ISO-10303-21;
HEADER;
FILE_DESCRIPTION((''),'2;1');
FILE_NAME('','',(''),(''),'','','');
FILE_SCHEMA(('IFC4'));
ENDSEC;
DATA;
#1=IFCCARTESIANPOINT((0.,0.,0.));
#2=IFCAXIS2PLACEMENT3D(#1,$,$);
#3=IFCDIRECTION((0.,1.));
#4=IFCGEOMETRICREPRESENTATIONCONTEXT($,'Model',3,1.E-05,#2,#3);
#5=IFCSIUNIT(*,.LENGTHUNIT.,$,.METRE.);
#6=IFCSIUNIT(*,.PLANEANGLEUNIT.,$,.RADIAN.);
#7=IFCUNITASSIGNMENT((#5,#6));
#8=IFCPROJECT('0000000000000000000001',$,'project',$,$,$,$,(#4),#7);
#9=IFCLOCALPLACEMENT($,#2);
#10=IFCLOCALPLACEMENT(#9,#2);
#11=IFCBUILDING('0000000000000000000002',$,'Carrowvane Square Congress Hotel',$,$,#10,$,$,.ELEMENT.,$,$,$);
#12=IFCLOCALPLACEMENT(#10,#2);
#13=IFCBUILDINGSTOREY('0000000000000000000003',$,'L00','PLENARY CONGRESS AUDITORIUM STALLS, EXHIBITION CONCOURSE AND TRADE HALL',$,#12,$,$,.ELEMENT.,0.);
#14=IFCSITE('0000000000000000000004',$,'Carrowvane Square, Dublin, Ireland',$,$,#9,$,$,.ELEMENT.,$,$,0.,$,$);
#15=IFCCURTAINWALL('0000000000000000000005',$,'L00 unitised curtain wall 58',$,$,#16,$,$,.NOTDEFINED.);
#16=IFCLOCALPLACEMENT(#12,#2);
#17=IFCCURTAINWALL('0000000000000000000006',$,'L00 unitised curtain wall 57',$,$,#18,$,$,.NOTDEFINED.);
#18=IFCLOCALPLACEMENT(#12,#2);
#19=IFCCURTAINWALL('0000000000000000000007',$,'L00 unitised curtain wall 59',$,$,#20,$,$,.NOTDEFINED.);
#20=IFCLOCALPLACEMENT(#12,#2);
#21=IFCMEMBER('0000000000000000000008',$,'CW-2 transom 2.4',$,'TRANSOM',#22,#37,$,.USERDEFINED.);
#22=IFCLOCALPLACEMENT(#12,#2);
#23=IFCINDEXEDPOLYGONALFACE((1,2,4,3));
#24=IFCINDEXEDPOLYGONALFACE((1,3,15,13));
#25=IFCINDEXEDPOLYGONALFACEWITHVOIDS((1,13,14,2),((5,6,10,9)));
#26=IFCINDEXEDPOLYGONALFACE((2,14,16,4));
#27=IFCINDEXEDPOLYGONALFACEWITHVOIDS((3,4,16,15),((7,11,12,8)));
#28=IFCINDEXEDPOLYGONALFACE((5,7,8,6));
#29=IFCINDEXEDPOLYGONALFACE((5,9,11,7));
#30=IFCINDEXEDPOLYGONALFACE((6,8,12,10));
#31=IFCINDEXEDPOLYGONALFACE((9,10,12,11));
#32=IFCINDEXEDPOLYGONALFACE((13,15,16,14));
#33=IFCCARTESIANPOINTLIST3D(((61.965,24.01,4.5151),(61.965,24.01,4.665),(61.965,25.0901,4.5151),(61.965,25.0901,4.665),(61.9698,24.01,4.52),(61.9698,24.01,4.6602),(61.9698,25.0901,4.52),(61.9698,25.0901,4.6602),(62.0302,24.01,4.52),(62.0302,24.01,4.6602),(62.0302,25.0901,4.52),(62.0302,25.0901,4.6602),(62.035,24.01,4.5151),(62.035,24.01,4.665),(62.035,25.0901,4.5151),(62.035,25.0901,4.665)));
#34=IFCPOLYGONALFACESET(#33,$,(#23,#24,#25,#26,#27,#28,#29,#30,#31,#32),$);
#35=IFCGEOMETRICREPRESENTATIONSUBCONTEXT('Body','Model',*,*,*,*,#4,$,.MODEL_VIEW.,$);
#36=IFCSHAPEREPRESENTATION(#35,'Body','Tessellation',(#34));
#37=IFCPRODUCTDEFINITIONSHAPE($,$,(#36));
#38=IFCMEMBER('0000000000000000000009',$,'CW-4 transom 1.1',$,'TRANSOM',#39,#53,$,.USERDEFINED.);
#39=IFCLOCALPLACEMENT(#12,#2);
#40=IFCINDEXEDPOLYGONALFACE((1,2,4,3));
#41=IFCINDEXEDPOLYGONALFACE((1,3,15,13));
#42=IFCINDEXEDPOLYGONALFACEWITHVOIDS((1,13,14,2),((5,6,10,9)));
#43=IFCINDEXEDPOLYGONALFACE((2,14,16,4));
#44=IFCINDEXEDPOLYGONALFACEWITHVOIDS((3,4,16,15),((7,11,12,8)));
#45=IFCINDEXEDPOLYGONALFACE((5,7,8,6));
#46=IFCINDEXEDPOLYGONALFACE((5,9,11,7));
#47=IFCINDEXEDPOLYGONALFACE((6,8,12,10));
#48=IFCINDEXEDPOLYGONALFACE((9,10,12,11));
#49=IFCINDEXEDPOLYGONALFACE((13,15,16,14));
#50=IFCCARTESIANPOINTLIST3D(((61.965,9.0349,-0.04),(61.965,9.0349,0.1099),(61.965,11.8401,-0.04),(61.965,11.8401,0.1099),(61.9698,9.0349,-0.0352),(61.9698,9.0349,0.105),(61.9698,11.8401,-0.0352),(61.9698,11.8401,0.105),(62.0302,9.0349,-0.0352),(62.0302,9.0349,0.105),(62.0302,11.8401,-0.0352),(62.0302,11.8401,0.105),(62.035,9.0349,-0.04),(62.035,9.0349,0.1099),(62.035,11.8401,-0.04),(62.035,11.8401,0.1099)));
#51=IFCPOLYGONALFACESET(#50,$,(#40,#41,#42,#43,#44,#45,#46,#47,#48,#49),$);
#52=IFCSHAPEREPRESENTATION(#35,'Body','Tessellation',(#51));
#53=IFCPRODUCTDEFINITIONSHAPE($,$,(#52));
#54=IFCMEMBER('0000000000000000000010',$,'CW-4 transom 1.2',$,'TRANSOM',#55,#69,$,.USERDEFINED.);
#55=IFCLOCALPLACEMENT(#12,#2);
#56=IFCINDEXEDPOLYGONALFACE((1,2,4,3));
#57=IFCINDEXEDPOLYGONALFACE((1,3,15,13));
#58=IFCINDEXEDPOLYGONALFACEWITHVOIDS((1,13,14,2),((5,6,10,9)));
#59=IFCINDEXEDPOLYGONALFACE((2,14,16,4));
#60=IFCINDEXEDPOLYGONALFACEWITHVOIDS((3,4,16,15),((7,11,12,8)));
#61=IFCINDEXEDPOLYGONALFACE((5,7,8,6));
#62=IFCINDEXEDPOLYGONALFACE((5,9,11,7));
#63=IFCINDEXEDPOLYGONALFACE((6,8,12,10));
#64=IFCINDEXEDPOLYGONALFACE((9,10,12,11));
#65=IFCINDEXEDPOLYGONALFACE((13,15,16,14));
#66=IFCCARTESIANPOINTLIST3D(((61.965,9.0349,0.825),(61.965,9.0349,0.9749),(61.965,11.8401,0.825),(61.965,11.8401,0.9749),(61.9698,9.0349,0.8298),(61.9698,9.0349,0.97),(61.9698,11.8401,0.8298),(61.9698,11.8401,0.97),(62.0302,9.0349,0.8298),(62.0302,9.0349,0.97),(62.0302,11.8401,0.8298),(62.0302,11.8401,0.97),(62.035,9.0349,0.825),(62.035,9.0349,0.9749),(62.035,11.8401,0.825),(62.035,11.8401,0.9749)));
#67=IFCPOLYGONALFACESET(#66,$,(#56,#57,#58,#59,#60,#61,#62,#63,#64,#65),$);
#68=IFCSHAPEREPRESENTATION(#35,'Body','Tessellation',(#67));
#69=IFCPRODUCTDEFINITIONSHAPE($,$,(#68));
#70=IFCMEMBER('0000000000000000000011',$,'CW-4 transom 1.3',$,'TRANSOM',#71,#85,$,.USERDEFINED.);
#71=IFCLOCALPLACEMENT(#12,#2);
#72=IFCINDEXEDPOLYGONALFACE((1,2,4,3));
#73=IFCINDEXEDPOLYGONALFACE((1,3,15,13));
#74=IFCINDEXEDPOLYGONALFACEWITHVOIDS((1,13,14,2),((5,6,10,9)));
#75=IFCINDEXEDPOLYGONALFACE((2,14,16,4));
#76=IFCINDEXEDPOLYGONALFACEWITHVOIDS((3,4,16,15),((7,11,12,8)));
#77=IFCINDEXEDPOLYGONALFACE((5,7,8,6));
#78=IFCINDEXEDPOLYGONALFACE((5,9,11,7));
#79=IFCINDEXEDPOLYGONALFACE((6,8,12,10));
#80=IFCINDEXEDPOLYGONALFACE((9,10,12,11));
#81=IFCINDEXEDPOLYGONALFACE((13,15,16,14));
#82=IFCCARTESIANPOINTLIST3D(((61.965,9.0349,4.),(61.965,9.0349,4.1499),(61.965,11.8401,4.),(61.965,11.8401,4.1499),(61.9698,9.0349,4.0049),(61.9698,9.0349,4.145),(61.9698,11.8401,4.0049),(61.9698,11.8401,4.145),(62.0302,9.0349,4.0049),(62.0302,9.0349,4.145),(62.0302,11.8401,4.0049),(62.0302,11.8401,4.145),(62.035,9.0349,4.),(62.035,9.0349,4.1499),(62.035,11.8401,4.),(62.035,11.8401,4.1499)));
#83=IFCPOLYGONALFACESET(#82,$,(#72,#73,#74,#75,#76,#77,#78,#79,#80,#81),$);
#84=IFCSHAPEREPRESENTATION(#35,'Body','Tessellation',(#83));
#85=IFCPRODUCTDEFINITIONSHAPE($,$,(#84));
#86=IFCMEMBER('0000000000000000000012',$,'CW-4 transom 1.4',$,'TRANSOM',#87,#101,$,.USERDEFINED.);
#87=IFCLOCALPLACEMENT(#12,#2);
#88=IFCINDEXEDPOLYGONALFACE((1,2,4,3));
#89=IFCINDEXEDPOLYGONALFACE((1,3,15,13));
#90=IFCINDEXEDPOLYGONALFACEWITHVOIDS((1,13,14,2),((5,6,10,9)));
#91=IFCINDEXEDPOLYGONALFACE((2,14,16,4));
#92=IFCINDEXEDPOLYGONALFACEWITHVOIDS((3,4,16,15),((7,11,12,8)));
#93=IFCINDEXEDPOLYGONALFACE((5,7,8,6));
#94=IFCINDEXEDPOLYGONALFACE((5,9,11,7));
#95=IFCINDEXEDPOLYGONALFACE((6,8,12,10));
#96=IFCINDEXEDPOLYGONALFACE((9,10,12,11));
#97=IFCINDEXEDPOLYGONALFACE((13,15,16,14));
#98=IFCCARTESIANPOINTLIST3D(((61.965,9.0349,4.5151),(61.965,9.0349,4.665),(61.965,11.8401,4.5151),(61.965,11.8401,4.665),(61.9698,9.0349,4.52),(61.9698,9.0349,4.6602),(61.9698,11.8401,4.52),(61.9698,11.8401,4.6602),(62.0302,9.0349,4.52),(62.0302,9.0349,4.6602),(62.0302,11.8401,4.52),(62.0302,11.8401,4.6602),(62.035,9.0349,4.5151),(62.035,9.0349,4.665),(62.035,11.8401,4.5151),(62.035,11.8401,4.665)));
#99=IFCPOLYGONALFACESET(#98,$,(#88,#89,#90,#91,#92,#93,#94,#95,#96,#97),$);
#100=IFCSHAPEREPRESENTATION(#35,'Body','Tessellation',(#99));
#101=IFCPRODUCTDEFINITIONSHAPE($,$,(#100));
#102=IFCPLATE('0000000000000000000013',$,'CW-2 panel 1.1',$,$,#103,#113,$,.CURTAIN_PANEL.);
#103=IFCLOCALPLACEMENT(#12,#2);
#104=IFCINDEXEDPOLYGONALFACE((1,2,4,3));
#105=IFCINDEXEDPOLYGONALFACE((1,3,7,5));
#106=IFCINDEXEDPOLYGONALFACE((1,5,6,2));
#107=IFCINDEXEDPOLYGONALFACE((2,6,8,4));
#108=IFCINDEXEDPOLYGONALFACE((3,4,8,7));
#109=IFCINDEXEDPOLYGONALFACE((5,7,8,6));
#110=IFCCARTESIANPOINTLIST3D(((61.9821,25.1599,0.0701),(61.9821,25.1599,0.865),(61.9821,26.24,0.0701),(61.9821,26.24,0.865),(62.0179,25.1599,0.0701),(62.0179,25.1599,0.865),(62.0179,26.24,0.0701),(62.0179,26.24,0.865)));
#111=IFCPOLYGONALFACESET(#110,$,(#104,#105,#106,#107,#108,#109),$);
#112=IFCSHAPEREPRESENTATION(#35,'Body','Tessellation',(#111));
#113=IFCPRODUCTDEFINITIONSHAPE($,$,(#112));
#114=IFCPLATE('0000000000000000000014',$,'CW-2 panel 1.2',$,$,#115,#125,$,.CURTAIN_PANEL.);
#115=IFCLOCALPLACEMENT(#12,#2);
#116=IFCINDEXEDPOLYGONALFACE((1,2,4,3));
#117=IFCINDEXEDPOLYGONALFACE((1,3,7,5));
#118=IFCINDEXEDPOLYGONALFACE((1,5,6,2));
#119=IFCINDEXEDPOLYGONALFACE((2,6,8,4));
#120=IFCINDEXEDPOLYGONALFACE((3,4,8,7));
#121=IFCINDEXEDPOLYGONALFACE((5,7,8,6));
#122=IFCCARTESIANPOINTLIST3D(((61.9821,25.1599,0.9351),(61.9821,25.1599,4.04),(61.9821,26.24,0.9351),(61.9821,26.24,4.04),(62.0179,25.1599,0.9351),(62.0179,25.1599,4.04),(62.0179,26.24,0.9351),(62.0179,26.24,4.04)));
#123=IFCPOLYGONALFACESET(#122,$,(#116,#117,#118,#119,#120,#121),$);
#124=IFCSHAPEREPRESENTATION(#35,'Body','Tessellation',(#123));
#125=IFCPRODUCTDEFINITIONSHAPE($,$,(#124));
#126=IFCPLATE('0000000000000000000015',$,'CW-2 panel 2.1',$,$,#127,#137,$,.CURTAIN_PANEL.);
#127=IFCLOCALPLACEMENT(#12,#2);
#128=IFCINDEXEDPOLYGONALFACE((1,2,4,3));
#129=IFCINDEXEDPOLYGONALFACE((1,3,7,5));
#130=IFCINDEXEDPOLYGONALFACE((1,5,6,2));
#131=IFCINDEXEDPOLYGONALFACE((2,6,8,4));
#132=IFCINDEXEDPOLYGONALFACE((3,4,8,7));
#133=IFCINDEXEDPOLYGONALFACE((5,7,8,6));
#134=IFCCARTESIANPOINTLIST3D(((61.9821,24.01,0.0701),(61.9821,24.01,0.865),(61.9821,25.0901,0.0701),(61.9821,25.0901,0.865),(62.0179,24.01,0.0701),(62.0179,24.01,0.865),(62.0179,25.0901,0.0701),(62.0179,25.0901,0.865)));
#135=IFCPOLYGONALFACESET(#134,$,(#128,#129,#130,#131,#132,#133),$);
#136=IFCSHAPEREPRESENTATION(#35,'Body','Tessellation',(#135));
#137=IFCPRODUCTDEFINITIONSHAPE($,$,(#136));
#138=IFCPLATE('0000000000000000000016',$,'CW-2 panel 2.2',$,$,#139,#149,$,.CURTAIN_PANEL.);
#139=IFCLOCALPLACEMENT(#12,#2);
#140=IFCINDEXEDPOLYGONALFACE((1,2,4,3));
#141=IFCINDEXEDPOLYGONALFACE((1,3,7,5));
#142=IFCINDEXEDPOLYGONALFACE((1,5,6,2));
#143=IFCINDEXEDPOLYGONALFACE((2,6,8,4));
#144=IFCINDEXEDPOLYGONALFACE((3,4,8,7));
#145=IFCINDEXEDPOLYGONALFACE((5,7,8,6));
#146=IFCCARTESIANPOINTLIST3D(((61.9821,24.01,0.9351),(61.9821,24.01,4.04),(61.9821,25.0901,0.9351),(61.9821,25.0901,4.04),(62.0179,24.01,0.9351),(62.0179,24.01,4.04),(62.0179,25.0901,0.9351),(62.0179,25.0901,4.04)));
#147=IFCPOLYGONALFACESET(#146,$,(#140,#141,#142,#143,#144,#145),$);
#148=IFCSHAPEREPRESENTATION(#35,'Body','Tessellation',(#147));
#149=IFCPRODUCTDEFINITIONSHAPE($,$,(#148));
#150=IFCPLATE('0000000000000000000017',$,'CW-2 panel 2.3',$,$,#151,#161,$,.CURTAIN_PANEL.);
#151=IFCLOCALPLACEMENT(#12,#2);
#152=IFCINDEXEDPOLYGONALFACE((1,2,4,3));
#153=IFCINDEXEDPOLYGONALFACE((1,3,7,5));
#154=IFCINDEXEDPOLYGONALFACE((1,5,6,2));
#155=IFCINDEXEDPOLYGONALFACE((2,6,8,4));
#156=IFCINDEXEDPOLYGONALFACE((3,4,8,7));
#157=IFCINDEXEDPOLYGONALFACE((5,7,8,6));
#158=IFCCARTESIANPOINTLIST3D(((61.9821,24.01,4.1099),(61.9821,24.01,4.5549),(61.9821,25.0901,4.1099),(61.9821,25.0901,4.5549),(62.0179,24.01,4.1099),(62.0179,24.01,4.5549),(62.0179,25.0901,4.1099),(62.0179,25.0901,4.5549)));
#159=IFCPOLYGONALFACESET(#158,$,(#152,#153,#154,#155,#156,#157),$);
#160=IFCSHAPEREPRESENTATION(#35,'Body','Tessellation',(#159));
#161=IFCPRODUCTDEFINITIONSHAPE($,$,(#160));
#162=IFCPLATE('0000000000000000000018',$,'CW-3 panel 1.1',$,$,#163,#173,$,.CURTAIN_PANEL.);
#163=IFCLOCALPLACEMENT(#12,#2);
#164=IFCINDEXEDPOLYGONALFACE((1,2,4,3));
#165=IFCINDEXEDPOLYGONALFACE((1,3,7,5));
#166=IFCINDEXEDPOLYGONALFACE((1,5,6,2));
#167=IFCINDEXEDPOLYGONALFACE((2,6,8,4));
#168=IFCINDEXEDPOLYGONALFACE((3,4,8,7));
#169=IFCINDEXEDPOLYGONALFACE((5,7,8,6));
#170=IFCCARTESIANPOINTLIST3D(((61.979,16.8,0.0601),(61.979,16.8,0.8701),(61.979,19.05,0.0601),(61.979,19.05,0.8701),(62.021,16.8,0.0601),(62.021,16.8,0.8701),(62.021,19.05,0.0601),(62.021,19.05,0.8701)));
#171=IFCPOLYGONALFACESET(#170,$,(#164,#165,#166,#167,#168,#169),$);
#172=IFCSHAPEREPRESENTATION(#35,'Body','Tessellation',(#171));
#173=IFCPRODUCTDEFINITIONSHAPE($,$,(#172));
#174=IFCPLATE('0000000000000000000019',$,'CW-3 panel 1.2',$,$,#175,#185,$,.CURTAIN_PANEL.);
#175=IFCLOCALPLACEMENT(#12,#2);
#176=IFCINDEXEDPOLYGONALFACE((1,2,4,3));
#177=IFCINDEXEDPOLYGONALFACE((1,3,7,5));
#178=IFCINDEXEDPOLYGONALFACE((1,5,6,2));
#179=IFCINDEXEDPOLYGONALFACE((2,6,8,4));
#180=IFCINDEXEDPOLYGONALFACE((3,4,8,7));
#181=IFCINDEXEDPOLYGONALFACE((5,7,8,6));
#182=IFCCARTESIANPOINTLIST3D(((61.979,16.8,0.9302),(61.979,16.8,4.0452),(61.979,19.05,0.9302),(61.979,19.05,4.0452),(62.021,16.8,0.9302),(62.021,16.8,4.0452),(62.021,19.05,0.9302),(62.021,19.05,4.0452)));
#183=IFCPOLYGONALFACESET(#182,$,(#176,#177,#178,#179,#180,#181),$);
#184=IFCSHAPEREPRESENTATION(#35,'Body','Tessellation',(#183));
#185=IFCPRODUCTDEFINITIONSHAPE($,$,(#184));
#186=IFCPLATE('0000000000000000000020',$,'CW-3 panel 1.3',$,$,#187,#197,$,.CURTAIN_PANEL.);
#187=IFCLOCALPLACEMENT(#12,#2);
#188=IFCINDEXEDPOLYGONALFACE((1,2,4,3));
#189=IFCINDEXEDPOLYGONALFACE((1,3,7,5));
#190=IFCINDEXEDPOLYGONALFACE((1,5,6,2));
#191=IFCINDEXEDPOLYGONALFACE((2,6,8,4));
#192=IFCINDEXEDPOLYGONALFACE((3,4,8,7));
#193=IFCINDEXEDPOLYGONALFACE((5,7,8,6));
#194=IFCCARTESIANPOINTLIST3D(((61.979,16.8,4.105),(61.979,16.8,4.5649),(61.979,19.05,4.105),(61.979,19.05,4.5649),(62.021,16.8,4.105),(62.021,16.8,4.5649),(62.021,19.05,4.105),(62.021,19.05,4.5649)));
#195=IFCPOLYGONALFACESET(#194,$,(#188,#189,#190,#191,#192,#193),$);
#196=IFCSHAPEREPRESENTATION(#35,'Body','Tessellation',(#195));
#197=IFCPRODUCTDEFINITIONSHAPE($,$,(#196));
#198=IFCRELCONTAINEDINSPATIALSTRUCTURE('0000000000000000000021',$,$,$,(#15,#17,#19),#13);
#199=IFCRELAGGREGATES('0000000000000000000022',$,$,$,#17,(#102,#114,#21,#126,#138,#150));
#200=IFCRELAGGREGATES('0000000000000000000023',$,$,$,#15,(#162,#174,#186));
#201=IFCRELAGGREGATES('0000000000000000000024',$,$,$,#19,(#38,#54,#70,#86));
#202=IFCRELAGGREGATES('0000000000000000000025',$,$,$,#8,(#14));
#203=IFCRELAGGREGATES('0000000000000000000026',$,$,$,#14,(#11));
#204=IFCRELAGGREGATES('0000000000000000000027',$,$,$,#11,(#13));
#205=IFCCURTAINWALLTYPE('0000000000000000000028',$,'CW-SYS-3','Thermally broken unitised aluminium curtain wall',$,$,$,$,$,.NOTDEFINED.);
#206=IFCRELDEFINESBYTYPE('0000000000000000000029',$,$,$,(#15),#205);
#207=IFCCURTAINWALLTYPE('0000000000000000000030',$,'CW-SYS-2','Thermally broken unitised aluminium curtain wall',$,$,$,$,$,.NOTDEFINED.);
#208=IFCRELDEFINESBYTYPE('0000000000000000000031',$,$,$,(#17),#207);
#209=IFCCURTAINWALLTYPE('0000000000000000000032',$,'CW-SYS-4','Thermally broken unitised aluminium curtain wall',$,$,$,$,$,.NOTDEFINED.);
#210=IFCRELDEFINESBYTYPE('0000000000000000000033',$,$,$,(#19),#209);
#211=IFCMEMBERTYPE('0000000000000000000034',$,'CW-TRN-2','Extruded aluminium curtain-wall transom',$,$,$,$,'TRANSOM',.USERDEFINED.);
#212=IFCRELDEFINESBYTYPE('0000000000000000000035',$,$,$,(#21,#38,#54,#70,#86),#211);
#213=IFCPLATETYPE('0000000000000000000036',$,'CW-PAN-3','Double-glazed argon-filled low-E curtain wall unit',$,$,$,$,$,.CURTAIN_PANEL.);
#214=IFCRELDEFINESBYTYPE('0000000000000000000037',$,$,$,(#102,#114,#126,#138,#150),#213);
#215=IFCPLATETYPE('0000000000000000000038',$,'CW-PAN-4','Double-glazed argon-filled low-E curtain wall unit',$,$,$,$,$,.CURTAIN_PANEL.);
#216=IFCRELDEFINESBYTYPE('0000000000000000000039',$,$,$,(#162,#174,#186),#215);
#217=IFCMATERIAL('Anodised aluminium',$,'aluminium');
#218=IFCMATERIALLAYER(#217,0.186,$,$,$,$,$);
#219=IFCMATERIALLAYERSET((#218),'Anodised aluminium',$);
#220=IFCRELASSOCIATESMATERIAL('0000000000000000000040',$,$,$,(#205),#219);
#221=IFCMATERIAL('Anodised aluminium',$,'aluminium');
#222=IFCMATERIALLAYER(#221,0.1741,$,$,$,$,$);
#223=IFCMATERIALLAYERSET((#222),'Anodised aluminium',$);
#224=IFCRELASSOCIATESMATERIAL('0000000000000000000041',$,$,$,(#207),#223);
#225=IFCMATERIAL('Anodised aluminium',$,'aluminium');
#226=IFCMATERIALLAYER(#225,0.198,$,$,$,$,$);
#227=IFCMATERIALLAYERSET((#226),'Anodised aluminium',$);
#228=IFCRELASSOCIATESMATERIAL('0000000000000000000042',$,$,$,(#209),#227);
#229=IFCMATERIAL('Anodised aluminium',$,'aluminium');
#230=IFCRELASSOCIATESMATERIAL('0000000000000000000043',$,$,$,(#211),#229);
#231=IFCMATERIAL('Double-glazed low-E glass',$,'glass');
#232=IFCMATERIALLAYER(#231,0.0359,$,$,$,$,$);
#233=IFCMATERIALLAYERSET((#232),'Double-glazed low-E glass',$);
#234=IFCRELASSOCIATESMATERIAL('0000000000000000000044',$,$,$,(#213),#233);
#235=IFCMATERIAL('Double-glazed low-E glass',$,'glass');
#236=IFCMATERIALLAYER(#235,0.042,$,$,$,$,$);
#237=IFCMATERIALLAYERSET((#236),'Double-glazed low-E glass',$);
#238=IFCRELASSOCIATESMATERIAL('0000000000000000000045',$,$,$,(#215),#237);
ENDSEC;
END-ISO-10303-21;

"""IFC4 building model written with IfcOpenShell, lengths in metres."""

from ifc_helpers import new_model, si_unit, direction, frame, origin, origin_2d, place, context, subcontext, project, spatial, rectangle, hollow_rectangle, extrude, material, layer, layer_set, material_profile, profile_set, type_object, element, aggregate, save


model = new_model("IFC4")

# Units and contexts
model_context = context("Model", 3, precision=1e-05, world=origin(), true_north=direction((0.0, 1.0)))
body_context = subcontext(model_context, "Body", "Model", "MODEL_VIEW")
ifc_project = project(units=[si_unit("LENGTHUNIT", "METRE"), si_unit("PLANEANGLEUNIT", "RADIAN")], contexts=[model_context])

# Site, building, storey
site_placement = place(None, origin())
site = spatial("IfcSite", under=ifc_project, at=site_placement, Name="Carrowvane Square, Dublin, Ireland", CompositionType="ELEMENT", RefElevation=0.0)
building_placement = place(site_placement, origin())
building = spatial("IfcBuilding", under=site, at=building_placement, Name="Carrowvane Square Congress Hotel", CompositionType="ELEMENT")
storey_placement = place(building_placement, origin())
storey = spatial("IfcBuildingStorey", under=building, at=storey_placement, Name="L00", Description="PLENARY CONGRESS AUDITORIUM STALLS, EXHIBITION CONCOURSE AND TRADE HALL", CompositionType="ELEMENT", Elevation=0.0)

# Curtain walls
ifc_material_1 = material(Name="Anodised aluminium", Category="aluminium")
ifc_layer_1 = layer(ifc_material_1, 0.186)
ifc_layer_set_1 = layer_set([ifc_layer_1], Name="Anodised aluminium")
curtain_wall_type_1 = type_object("IfcCurtainWallType", Name="CW-SYS-3", Description="Thermally broken unitised aluminium curtain wall", PredefinedType="NOTDEFINED", material=ifc_layer_set_1)
curtain_wall_1_placement = place(storey_placement, origin())
curtain_wall_1 = element("IfcCurtainWall", 1, at=curtain_wall_1_placement, inside=storey, type_object=curtain_wall_type_1, Name="L00 unitised curtain wall 58", PredefinedType="NOTDEFINED")
ifc_material_2 = material(Name="Anodised aluminium", Category="aluminium")
ifc_layer_2 = layer(ifc_material_2, 0.1741)
ifc_layer_set_2 = layer_set([ifc_layer_2], Name="Anodised aluminium")
curtain_wall_type_2 = type_object("IfcCurtainWallType", Name="CW-SYS-2", Description="Thermally broken unitised aluminium curtain wall", PredefinedType="NOTDEFINED", material=ifc_layer_set_2)
curtain_wall_2_placement = place(storey_placement, origin())
curtain_wall_2 = element("IfcCurtainWall", 2, at=curtain_wall_2_placement, inside=storey, type_object=curtain_wall_type_2, Name="L00 unitised curtain wall 57", PredefinedType="NOTDEFINED")

# Curtain wall
ifc_material_3 = material(Name="Anodised aluminium", Category="aluminium")
ifc_layer_3 = layer(ifc_material_3, 0.198)
ifc_layer_set_3 = layer_set([ifc_layer_3], Name="Anodised aluminium")
curtain_wall_type_3 = type_object("IfcCurtainWallType", Name="CW-SYS-4", Description="Thermally broken unitised aluminium curtain wall", PredefinedType="NOTDEFINED", material=ifc_layer_set_3)
curtain_wall_3_placement = place(storey_placement, origin())
curtain_wall_3 = element("IfcCurtainWall", 3, at=curtain_wall_3_placement, inside=storey, type_object=curtain_wall_type_3, Name="L00 unitised curtain wall 59", PredefinedType="NOTDEFINED")

# Members
ifc_material_4 = material(Name="Anodised aluminium", Category="aluminium")
ifc_material_profile_1 = material_profile(ifc_material_4, hollow_rectangle(XDim=0.0701, YDim=0.1499, WallThickness=0.0049, at=origin_2d()), Name="CW-TR 70x150x5")
ifc_profile_set_1 = profile_set([ifc_material_profile_1], Name="Anodised aluminium")
member_type_1 = type_object("IfcMemberType", Name="CW-TRN-2", Description="Extruded aluminium curtain-wall transom", ElementType="TRANSOM", PredefinedType="USERDEFINED", material=ifc_profile_set_1)
member_1_placement = place(storey_placement, frame((62.0, 25.0901, 4.5901), z_axis=(0.0, -1.0, 0.0), x_axis=(1.0, 0.0, 0.0)))
member_1 = element("IfcMember", 4, at=member_1_placement, type_object=member_type_1, Name="CW-2 transom 2.4", ObjectType="TRANSOM", PredefinedType="USERDEFINED", context=body_context, shape_type="SweptSolid", body=[
    extrude(hollow_rectangle(XDim=0.0701, YDim=0.1499, WallThickness=0.0049, at=origin_2d()), origin(), (0.0, 0.0, 1.0), 1.0801),
])
member_2_placement = place(storey_placement, frame((62.0, 11.8401, 0.0349), z_axis=(0.0, -1.0, 0.0), x_axis=(1.0, 0.0, 0.0)))
member_2 = element("IfcMember", 5, at=member_2_placement, type_object=member_type_1, Name="CW-4 transom 1.1", ObjectType="TRANSOM", PredefinedType="USERDEFINED", context=body_context, shape_type="SweptSolid", body=[
    extrude(hollow_rectangle(XDim=0.0701, YDim=0.1499, WallThickness=0.0049, at=origin_2d()), origin(), (0.0, 0.0, 1.0), 2.8052),
])
member_3_placement = place(storey_placement, frame((62.0, 11.8401, 0.8999), z_axis=(0.0, -1.0, 0.0), x_axis=(1.0, 0.0, 0.0)))
member_3 = element("IfcMember", 6, at=member_3_placement, type_object=member_type_1, Name="CW-4 transom 1.2", ObjectType="TRANSOM", PredefinedType="USERDEFINED", context=body_context, shape_type="SweptSolid", body=[
    extrude(hollow_rectangle(XDim=0.0701, YDim=0.1499, WallThickness=0.0049, at=origin_2d()), origin(), (0.0, 0.0, 1.0), 2.8052),
])
member_4_placement = place(storey_placement, frame((62.0, 11.8401, 4.075), z_axis=(0.0, -1.0, 0.0), x_axis=(1.0, 0.0, 0.0)))
member_4 = element("IfcMember", 7, at=member_4_placement, type_object=member_type_1, Name="CW-4 transom 1.3", ObjectType="TRANSOM", PredefinedType="USERDEFINED", context=body_context, shape_type="SweptSolid", body=[
    extrude(hollow_rectangle(XDim=0.0701, YDim=0.1499, WallThickness=0.0049, at=origin_2d()), origin(), (0.0, 0.0, 1.0), 2.8052),
])
member_5_placement = place(storey_placement, frame((62.0, 11.8401, 4.5901), z_axis=(0.0, -1.0, 0.0), x_axis=(1.0, 0.0, 0.0)))
member_5 = element("IfcMember", 8, at=member_5_placement, type_object=member_type_1, Name="CW-4 transom 1.4", ObjectType="TRANSOM", PredefinedType="USERDEFINED", context=body_context, shape_type="SweptSolid", body=[
    extrude(hollow_rectangle(XDim=0.0701, YDim=0.1499, WallThickness=0.0049, at=origin_2d()), origin(), (0.0, 0.0, 1.0), 2.8052),
])

# Plates
ifc_material_5 = material(Name="Double-glazed low-E glass", Category="glass")
ifc_layer_4 = layer(ifc_material_5, 0.0359)
ifc_layer_set_4 = layer_set([ifc_layer_4], Name="Double-glazed low-E glass")
plate_type_1 = type_object("IfcPlateType", Name="CW-PAN-3", Description="Double-glazed argon-filled low-E curtain wall unit", PredefinedType="CURTAIN_PANEL", material=ifc_layer_set_4)
plate_1_placement = place(storey_placement, frame((62.0, 25.7, 0.0701), z_axis=(0.0, 0.0, 1.0), x_axis=(0.0, -1.0, 0.0)))
plate_1 = element("IfcPlate", 9, at=plate_1_placement, type_object=plate_type_1, Name="CW-2 panel 1.1", PredefinedType="CURTAIN_PANEL", context=body_context, shape_type="SweptSolid", body=[
    extrude(rectangle(XDim=1.0801, YDim=0.0359, at=origin_2d()), origin(), (0.0, 0.0, 1.0), 0.7949),
])
plate_2_placement = place(storey_placement, frame((62.0, 25.7, 0.9351), z_axis=(0.0, 0.0, 1.0), x_axis=(0.0, -1.0, 0.0)))
plate_2 = element("IfcPlate", 10, at=plate_2_placement, type_object=plate_type_1, Name="CW-2 panel 1.2", PredefinedType="CURTAIN_PANEL", context=body_context, shape_type="SweptSolid", body=[
    extrude(rectangle(XDim=1.0801, YDim=0.0359, at=origin_2d()), origin(), (0.0, 0.0, 1.0), 3.105),
])
plate_3_placement = place(storey_placement, frame((62.0, 24.55, 0.0701), z_axis=(0.0, 0.0, 1.0), x_axis=(0.0, -1.0, 0.0)))
plate_3 = element("IfcPlate", 11, at=plate_3_placement, type_object=plate_type_1, Name="CW-2 panel 2.1", PredefinedType="CURTAIN_PANEL", context=body_context, shape_type="SweptSolid", body=[
    extrude(rectangle(XDim=1.0801, YDim=0.0359, at=origin_2d()), origin(), (0.0, 0.0, 1.0), 0.7949),
])
plate_4_placement = place(storey_placement, frame((62.0, 24.55, 0.9351), z_axis=(0.0, 0.0, 1.0), x_axis=(0.0, -1.0, 0.0)))
plate_4 = element("IfcPlate", 12, at=plate_4_placement, type_object=plate_type_1, Name="CW-2 panel 2.2", PredefinedType="CURTAIN_PANEL", context=body_context, shape_type="SweptSolid", body=[
    extrude(rectangle(XDim=1.0801, YDim=0.0359, at=origin_2d()), origin(), (0.0, 0.0, 1.0), 3.105),
])
plate_5_placement = place(storey_placement, frame((62.0, 24.55, 4.1099), z_axis=(0.0, 0.0, 1.0), x_axis=(0.0, -1.0, 0.0)))
plate_5 = element("IfcPlate", 13, at=plate_5_placement, type_object=plate_type_1, Name="CW-2 panel 2.3", PredefinedType="CURTAIN_PANEL", context=body_context, shape_type="SweptSolid", body=[
    extrude(rectangle(XDim=1.0801, YDim=0.0359, at=origin_2d()), origin(), (0.0, 0.0, 1.0), 0.4451),
])
aggregate(curtain_wall_2, [plate_1, plate_2, member_1, plate_3, plate_4, plate_5])
ifc_material_6 = material(Name="Double-glazed low-E glass", Category="glass")
ifc_layer_5 = layer(ifc_material_6, 0.042)
ifc_layer_set_5 = layer_set([ifc_layer_5], Name="Double-glazed low-E glass")
plate_type_2 = type_object("IfcPlateType", Name="CW-PAN-4", Description="Double-glazed argon-filled low-E curtain wall unit", PredefinedType="CURTAIN_PANEL", material=ifc_layer_set_5)
plate_6_placement = place(storey_placement, frame((62.0, 17.925, 0.0601), z_axis=(0.0, 0.0, 1.0), x_axis=(0.0, -1.0, 0.0)))
plate_6 = element("IfcPlate", 14, at=plate_6_placement, type_object=plate_type_2, Name="CW-3 panel 1.1", PredefinedType="CURTAIN_PANEL", context=body_context, shape_type="SweptSolid", body=[
    extrude(rectangle(XDim=2.25, YDim=0.042, at=origin_2d()), origin(), (0.0, 0.0, 1.0), 0.8101),
])
plate_7_placement = place(storey_placement, frame((62.0, 17.925, 0.9302), z_axis=(0.0, 0.0, 1.0), x_axis=(0.0, -1.0, 0.0)))
plate_7 = element("IfcPlate", 15, at=plate_7_placement, type_object=plate_type_2, Name="CW-3 panel 1.2", PredefinedType="CURTAIN_PANEL", context=body_context, shape_type="SweptSolid", body=[
    extrude(rectangle(XDim=2.25, YDim=0.042, at=origin_2d()), origin(), (0.0, 0.0, 1.0), 3.115),
])
plate_8_placement = place(storey_placement, frame((62.0, 17.925, 4.105), z_axis=(0.0, 0.0, 1.0), x_axis=(0.0, -1.0, 0.0)))
plate_8 = element("IfcPlate", 16, at=plate_8_placement, type_object=plate_type_2, Name="CW-3 panel 1.3", PredefinedType="CURTAIN_PANEL", context=body_context, shape_type="SweptSolid", body=[
    extrude(rectangle(XDim=2.25, YDim=0.042, at=origin_2d()), origin(), (0.0, 0.0, 1.0), 0.46),
])
aggregate(curtain_wall_1, [plate_6, plate_7, plate_8])
aggregate(curtain_wall_3, [member_2, member_3, member_4, member_5])

save(model, "model.ifc")
